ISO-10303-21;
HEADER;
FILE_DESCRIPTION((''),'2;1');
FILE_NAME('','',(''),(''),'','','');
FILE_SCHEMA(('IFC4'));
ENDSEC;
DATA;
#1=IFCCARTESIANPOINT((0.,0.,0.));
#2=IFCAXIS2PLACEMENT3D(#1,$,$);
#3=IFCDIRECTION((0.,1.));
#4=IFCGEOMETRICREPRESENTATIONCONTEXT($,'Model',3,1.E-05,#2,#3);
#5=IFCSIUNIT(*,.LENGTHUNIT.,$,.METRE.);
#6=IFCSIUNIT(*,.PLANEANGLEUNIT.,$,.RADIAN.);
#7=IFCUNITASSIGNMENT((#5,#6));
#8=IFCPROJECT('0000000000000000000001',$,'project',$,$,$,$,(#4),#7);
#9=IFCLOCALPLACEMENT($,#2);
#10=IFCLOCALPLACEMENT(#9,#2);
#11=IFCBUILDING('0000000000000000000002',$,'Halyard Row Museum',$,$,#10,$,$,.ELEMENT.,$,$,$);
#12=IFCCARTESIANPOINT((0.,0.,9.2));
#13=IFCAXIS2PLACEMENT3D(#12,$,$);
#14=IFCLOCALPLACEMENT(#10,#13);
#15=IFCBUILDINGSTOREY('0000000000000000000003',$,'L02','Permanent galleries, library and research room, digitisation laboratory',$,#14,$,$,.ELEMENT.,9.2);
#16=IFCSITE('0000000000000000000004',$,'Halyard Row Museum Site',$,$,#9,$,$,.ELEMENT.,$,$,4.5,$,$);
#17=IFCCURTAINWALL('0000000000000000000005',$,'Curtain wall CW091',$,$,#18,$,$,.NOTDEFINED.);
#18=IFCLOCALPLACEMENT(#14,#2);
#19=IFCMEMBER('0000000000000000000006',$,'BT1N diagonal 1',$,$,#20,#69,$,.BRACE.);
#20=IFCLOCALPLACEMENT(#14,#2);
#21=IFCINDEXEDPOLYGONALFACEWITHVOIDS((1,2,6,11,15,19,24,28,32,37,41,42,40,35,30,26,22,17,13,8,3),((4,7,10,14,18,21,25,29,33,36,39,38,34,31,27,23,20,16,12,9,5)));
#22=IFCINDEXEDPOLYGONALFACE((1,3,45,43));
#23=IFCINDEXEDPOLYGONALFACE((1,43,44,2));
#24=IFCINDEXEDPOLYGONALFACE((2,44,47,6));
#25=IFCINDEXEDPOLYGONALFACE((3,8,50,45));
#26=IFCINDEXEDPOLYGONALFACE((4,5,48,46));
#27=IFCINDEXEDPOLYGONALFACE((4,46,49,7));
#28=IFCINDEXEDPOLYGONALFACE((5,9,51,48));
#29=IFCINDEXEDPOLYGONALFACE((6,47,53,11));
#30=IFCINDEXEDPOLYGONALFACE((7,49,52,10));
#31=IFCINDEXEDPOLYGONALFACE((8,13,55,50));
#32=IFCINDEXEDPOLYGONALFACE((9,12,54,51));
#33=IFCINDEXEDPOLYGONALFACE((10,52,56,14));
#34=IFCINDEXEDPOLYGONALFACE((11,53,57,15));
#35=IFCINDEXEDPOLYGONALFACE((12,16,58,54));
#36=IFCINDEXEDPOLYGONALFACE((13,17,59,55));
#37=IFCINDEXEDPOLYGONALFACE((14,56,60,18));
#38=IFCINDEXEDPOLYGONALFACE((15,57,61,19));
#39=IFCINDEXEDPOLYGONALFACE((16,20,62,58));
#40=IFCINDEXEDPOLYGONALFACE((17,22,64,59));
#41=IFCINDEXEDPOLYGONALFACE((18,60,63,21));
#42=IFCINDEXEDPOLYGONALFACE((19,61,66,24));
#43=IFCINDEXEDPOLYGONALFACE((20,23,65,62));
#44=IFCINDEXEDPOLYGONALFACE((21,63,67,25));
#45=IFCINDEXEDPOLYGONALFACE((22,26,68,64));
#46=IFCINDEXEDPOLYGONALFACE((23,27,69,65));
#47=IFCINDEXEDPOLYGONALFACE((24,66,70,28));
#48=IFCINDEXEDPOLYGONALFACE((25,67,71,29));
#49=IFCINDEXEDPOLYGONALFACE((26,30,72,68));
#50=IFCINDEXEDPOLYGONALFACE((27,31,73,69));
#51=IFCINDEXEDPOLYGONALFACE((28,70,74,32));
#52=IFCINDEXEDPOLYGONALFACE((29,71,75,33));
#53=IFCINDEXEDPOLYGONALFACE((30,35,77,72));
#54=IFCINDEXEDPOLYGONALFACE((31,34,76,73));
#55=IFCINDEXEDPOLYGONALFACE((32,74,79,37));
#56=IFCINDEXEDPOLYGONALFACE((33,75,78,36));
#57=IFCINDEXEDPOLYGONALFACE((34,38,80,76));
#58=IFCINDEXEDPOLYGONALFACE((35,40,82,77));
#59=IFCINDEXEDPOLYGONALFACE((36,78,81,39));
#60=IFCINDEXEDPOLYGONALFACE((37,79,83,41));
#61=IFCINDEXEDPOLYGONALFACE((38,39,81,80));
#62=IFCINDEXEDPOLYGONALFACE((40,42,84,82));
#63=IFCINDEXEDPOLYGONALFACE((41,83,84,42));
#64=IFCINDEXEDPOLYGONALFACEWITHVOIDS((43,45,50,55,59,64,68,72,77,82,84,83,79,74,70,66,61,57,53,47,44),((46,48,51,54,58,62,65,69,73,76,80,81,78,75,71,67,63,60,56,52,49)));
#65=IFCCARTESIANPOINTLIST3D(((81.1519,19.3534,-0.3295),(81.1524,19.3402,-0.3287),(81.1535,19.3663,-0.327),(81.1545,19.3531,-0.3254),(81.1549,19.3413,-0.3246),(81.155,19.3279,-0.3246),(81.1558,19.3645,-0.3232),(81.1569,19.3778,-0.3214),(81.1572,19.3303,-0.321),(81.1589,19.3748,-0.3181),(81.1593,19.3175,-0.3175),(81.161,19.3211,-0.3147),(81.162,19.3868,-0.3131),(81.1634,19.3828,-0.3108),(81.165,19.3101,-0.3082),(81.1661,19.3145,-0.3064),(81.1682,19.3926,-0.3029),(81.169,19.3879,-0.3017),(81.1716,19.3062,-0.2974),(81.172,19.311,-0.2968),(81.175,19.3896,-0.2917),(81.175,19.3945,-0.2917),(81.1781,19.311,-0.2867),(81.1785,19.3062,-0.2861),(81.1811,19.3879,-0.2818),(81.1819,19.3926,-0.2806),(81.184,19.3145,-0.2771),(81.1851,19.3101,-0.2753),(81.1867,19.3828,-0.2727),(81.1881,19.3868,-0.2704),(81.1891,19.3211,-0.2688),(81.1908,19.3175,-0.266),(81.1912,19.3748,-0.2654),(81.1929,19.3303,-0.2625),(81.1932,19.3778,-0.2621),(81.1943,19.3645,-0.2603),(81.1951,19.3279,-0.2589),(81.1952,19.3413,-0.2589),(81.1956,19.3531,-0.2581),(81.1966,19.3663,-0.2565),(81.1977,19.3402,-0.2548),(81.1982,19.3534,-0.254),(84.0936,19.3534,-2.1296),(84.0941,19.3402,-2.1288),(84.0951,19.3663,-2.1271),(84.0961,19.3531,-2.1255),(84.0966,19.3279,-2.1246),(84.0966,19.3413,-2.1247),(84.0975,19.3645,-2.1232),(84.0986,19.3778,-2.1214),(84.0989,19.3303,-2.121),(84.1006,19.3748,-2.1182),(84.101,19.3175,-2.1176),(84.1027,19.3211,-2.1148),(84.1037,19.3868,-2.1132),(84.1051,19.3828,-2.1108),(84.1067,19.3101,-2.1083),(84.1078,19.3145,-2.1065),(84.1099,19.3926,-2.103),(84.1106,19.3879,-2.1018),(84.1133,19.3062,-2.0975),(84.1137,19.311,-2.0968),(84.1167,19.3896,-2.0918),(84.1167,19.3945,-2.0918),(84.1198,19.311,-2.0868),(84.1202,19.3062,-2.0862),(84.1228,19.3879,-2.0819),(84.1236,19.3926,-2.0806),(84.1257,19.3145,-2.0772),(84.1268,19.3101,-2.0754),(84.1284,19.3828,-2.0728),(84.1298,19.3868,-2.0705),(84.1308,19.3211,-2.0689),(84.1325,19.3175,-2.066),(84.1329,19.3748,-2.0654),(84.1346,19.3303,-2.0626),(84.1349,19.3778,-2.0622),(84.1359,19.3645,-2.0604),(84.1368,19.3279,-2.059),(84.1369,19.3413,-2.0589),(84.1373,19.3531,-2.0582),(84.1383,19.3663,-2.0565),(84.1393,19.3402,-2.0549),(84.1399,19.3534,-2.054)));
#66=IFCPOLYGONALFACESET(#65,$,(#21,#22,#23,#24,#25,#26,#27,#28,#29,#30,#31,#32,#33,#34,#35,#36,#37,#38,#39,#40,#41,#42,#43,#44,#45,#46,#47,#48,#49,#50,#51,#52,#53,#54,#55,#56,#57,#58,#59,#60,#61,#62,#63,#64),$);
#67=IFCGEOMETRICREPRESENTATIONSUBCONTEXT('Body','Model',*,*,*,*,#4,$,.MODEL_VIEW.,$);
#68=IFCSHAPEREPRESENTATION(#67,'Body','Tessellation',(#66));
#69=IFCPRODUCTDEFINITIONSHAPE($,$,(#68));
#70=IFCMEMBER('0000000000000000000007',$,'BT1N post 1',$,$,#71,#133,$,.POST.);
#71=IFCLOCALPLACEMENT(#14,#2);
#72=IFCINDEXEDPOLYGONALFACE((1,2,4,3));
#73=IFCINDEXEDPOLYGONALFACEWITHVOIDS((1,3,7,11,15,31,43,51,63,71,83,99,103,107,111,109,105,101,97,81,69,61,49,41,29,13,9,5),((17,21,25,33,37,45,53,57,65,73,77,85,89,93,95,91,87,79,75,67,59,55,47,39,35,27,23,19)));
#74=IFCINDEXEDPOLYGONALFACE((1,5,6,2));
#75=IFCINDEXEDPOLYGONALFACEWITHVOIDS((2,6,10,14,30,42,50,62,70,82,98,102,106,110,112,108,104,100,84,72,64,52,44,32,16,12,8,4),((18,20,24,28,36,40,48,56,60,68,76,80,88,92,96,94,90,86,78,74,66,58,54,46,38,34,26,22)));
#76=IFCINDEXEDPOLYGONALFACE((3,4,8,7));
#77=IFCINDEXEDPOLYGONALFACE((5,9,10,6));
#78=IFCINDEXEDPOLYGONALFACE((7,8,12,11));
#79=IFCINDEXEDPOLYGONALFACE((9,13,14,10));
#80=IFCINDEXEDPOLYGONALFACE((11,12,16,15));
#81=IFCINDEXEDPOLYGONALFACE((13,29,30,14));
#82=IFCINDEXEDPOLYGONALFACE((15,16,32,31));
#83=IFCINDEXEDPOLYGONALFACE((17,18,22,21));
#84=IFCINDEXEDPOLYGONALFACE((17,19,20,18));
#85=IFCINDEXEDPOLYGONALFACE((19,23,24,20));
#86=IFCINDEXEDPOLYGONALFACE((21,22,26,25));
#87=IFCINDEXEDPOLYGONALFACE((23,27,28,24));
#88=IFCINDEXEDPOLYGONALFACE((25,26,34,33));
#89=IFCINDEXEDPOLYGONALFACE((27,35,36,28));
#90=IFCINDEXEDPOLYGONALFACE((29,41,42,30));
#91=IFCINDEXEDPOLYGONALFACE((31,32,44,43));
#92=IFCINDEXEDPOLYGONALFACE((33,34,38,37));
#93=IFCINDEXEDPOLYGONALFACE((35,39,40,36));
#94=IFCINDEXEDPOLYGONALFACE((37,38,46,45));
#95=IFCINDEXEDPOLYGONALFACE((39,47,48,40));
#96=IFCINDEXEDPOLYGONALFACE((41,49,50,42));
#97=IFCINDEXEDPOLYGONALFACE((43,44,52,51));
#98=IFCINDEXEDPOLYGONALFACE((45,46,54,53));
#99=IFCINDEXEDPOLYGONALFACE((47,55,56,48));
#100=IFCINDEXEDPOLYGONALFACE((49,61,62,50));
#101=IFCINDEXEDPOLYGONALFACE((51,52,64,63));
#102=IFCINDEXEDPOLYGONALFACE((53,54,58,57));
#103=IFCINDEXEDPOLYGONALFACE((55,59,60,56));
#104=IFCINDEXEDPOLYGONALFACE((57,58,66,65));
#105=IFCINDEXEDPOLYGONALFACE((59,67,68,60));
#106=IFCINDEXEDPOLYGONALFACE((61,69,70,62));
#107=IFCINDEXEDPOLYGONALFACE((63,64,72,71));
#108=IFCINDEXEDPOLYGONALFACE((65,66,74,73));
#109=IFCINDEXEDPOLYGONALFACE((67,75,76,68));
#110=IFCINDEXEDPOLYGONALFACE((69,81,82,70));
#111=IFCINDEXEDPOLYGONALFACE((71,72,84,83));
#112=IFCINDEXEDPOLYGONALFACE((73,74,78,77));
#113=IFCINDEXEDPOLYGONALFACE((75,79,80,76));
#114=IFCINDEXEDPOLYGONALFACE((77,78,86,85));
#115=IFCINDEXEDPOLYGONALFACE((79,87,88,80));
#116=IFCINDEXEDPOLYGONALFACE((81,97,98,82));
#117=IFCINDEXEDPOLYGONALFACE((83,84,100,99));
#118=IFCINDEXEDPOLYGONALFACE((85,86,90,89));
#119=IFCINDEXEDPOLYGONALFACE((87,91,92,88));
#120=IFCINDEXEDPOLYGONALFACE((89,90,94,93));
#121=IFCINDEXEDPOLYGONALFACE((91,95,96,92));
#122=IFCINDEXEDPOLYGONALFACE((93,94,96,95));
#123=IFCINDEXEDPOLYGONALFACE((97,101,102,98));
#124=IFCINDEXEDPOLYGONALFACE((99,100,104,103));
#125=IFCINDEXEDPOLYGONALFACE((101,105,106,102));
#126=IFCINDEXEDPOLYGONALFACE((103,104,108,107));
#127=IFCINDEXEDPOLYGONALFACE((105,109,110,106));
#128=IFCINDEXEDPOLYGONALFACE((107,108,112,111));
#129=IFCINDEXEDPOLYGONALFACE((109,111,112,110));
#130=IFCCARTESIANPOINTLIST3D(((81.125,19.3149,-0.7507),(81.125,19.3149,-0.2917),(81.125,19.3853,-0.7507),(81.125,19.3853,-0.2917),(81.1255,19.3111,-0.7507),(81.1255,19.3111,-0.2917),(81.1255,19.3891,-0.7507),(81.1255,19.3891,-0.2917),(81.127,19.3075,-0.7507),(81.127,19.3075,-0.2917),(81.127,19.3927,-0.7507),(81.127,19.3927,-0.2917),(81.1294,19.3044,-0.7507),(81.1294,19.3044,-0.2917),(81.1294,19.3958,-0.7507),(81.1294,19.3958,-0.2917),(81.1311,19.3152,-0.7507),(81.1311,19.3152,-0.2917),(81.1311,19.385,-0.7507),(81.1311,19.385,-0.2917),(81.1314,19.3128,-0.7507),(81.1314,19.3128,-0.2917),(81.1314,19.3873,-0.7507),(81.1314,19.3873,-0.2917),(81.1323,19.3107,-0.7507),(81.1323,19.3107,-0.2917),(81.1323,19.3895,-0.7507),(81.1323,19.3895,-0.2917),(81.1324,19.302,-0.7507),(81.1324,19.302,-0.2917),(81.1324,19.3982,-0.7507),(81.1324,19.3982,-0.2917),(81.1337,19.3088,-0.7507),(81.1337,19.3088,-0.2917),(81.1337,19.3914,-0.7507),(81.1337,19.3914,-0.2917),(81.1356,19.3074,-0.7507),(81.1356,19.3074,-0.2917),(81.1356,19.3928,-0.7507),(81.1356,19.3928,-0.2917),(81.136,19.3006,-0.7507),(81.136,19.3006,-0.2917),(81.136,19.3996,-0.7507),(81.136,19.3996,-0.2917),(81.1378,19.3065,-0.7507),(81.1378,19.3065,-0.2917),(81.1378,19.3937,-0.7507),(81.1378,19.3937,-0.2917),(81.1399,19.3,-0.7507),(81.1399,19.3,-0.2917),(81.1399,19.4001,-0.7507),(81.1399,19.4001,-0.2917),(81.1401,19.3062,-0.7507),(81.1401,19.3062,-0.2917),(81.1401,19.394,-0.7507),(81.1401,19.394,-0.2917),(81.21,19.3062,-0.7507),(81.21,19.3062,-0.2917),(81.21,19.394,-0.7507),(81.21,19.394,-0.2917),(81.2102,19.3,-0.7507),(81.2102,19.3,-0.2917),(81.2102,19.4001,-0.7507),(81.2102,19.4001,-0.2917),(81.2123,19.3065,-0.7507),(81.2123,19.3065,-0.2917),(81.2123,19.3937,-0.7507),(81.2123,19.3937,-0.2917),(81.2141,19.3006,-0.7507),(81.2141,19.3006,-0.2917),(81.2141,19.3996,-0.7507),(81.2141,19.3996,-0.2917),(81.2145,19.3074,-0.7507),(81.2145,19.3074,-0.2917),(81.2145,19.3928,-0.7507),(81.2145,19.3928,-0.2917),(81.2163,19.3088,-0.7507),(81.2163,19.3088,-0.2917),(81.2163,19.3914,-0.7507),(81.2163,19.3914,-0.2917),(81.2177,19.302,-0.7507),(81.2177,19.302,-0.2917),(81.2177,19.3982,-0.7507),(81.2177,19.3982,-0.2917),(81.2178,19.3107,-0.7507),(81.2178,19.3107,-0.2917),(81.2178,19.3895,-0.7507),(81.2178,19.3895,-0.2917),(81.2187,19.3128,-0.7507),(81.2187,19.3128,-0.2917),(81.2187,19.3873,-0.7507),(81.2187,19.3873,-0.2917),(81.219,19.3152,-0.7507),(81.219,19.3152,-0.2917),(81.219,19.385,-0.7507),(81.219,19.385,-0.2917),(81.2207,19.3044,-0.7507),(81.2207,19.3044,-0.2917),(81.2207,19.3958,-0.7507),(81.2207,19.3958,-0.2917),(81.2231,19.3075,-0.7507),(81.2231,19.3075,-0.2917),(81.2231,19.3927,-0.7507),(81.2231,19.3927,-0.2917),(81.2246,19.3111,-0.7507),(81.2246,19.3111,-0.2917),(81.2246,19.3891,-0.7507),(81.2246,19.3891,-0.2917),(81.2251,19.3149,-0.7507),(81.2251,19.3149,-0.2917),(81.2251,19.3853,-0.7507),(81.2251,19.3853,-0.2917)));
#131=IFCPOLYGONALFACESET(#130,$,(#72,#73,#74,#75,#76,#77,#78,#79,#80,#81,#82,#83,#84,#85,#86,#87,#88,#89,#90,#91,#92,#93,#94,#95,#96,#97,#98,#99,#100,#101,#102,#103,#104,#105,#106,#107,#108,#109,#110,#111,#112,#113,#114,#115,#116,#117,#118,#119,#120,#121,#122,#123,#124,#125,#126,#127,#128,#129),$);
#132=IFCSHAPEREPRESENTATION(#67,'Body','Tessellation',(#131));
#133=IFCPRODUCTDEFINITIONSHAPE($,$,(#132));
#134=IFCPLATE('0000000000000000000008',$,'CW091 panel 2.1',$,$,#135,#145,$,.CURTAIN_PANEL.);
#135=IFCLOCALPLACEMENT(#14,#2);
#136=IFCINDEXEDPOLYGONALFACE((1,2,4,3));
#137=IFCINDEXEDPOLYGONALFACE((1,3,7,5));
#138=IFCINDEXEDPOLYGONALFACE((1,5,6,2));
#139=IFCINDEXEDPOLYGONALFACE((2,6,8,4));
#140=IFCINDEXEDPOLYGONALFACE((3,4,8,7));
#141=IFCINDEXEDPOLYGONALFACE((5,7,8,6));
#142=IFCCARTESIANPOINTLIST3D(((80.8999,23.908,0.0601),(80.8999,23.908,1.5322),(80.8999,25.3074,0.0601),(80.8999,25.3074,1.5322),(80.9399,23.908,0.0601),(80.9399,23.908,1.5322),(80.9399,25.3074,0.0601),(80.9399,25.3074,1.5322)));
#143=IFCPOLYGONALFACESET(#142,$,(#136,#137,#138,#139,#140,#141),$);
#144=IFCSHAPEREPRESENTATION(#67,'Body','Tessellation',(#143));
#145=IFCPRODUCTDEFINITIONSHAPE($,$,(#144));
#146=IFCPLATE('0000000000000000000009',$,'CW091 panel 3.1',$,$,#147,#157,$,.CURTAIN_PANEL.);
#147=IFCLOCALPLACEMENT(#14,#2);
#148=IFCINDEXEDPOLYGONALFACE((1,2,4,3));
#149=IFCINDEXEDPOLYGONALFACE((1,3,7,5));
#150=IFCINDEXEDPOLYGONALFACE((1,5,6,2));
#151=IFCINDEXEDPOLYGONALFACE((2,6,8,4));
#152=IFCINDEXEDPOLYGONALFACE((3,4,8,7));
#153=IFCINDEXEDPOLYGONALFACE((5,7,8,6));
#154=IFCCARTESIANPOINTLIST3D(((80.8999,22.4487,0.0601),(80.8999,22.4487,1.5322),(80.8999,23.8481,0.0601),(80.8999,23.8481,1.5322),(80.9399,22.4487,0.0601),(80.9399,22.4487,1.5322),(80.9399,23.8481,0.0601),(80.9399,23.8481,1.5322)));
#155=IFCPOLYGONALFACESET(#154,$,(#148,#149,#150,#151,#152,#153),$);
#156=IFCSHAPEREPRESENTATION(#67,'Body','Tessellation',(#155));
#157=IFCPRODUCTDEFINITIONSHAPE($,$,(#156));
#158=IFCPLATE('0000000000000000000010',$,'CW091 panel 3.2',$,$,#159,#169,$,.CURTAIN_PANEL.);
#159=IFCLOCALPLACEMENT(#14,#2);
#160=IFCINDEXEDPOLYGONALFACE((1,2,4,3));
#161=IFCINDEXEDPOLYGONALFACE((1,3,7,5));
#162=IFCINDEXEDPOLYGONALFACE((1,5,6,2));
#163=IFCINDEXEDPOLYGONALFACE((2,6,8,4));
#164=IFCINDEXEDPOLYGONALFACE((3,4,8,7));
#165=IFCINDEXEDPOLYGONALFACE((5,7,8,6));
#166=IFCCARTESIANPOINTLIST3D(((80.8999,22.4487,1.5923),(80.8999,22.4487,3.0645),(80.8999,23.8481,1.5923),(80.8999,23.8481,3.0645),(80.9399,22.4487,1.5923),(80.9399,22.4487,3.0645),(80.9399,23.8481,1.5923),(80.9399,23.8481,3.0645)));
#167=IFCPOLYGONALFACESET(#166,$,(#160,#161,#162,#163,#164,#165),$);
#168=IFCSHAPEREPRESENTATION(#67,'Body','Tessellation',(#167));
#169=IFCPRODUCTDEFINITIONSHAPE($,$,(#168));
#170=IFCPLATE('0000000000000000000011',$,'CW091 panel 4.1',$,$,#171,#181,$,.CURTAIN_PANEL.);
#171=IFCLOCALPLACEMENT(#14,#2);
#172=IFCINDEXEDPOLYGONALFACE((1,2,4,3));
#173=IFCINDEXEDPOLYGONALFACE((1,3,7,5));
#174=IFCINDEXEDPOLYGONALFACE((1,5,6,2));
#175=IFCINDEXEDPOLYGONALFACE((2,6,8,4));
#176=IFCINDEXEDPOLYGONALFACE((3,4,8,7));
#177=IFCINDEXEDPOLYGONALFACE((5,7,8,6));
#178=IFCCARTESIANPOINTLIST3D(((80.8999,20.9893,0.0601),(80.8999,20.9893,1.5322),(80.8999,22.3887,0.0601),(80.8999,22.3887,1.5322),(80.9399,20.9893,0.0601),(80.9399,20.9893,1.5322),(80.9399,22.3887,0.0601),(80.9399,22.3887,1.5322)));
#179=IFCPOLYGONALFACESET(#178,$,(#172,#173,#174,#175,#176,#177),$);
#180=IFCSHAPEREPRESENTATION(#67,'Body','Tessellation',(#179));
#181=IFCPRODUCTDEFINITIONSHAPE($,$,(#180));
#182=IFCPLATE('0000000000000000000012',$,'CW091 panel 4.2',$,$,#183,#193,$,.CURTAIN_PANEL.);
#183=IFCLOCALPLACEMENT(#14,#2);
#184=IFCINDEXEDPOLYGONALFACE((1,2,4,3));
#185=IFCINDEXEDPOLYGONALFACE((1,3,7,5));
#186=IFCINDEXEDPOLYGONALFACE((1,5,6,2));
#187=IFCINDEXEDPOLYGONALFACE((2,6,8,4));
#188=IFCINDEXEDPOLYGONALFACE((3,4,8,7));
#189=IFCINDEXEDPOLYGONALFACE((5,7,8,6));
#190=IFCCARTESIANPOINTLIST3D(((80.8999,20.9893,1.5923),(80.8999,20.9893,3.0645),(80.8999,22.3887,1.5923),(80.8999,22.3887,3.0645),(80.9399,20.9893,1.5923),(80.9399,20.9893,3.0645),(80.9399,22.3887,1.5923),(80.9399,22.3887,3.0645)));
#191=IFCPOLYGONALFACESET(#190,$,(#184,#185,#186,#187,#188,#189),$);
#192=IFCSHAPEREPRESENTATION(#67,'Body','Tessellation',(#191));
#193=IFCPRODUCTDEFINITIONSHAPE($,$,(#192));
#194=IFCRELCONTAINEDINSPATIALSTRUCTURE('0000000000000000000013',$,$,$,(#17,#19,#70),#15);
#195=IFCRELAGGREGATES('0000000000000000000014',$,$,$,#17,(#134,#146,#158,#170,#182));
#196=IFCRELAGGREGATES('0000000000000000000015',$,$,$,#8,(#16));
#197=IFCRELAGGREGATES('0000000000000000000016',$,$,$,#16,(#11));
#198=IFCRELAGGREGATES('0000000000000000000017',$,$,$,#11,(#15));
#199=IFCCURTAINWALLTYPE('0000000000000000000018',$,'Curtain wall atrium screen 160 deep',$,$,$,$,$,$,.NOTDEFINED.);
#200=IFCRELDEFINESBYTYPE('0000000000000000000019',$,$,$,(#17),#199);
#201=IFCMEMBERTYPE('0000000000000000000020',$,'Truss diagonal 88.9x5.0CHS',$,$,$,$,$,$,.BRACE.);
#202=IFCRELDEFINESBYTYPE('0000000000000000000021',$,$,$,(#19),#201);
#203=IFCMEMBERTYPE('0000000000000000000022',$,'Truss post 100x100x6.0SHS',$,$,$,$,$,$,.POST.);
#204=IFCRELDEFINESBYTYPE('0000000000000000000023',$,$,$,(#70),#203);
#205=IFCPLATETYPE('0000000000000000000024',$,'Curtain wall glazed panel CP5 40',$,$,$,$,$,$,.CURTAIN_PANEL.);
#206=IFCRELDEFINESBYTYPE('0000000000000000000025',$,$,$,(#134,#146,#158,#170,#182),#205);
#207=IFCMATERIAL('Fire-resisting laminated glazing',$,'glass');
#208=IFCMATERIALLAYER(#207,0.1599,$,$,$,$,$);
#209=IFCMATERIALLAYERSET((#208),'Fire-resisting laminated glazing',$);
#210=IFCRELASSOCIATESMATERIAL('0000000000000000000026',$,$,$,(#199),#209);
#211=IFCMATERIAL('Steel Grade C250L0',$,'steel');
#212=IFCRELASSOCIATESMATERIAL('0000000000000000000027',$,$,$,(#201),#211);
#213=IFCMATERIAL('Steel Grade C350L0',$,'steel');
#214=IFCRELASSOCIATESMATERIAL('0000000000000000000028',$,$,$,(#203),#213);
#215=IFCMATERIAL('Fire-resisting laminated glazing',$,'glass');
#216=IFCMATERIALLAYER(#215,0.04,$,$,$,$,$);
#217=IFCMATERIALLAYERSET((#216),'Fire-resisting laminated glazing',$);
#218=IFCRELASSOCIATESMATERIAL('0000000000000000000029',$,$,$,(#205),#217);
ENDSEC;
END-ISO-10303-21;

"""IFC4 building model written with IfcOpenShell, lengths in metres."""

from ifc_helpers import new_model, si_unit, direction, frame, origin, origin_2d, place, context, subcontext, project, spatial, rectangle, hollow_rectangle, hollow_circle, extrude, material, layer, layer_set, material_profile, profile_set, type_object, element, aggregate, save


model = new_model("IFC4")

# Units and contexts
model_context = context("Model", 3, precision=1e-05, world=origin(), true_north=direction((0.0, 1.0)))
body_context = subcontext(model_context, "Body", "Model", "MODEL_VIEW")
ifc_project = project(units=[si_unit("LENGTHUNIT", "METRE"), si_unit("PLANEANGLEUNIT", "RADIAN")], contexts=[model_context])

# Site, building, storey
site_placement = place(None, origin())
site = spatial("IfcSite", under=ifc_project, at=site_placement, Name="Halyard Row Museum Site", CompositionType="ELEMENT", RefElevation=4.5)
building_placement = place(site_placement, origin())
building = spatial("IfcBuilding", under=site, at=building_placement, Name="Halyard Row Museum", CompositionType="ELEMENT")
storey_placement = place(building_placement, frame((0.0, 0.0, 9.2)))
storey = spatial("IfcBuildingStorey", under=building, at=storey_placement, Name="L02", Description="Permanent galleries, library and research room, digitisation laboratory", CompositionType="ELEMENT", Elevation=9.2)

# Curtain wall
ifc_material_1 = material(Name="Fire-resisting laminated glazing", Category="glass")
ifc_layer_1 = layer(ifc_material_1, 0.1599)
ifc_layer_set_1 = layer_set([ifc_layer_1], Name="Fire-resisting laminated glazing")
curtain_wall_type = type_object("IfcCurtainWallType", Name="Curtain wall atrium screen 160 deep", PredefinedType="NOTDEFINED", material=ifc_layer_set_1)
curtain_wall_placement = place(storey_placement, origin())
curtain_wall = element("IfcCurtainWall", 1, at=curtain_wall_placement, inside=storey, type_object=curtain_wall_type, Name="Curtain wall CW091", PredefinedType="NOTDEFINED")

# Members
ifc_material_2 = material(Name="Steel Grade C250L0", Category="steel")
ifc_material_profile_1 = material_profile(ifc_material_2, hollow_circle(Radius=0.0444, WallThickness=0.0049, at=origin_2d()), Name="88.9x5.0CHS")
ifc_profile_set_1 = profile_set([ifc_material_profile_1], Name="Steel Grade C250L0")
member_type_1 = type_object("IfcMemberType", Name="Truss diagonal 88.9x5.0CHS", PredefinedType="BRACE", material=ifc_profile_set_1)
member_1_placement = place(storey_placement, frame((81.175, 19.3501, -0.2917), z_axis=(0.852975, 0.0, -0.521951), x_axis=(0.0, 1.0, 0.0)))
element("IfcMember", 2, at=member_1_placement, inside=storey, type_object=member_type_1, Name="BT1N diagonal 1", PredefinedType="BRACE", context=body_context, shape_type="SweptSolid", body=[
    extrude(hollow_circle(Radius=0.0444, WallThickness=0.0049, at=origin_2d()), origin(), (0.0, 0.0, 1.0), 3.4487),
])
ifc_material_3 = material(Name="Steel Grade C350L0", Category="steel")
ifc_material_profile_2 = material_profile(ifc_material_3, hollow_rectangle(XDim=0.1001, YDim=0.1001, WallThickness=0.0061, InnerFilletRadius=0.009, OuterFilletRadius=0.0149, at=origin_2d()), Name="100x100x6.0SHS")
ifc_profile_set_2 = profile_set([ifc_material_profile_2], Name="Steel Grade C350L0")
member_type_2 = type_object("IfcMemberType", Name="Truss post 100x100x6.0SHS", PredefinedType="POST", material=ifc_profile_set_2)
member_2_placement = place(storey_placement, frame((81.175, 19.3501, -0.7507), z_axis=(0.0, 0.0, 1.0), x_axis=(1.0, 0.0, 0.0)))
element("IfcMember", 3, at=member_2_placement, inside=storey, type_object=member_type_2, Name="BT1N post 1", PredefinedType="POST", context=body_context, shape_type="SweptSolid", body=[
    extrude(hollow_rectangle(XDim=0.1001, YDim=0.1001, WallThickness=0.0061, InnerFilletRadius=0.009, OuterFilletRadius=0.0149, at=origin_2d()), origin(), (0.0, 0.0, 1.0), 0.459),
])

# Plates
ifc_material_4 = material(Name="Fire-resisting laminated glazing", Category="glass")
ifc_layer_2 = layer(ifc_material_4, 0.04)
ifc_layer_set_2 = layer_set([ifc_layer_2], Name="Fire-resisting laminated glazing")
plate_type = type_object("IfcPlateType", Name="Curtain wall glazed panel CP5 40", PredefinedType="CURTAIN_PANEL", material=ifc_layer_set_2)
plate_1_placement = place(storey_placement, frame((80.9199, 24.6077, 0.0601), z_axis=(0.0, 0.0, 1.0), x_axis=(0.0, -1.0, 0.0)))
plate_1 = element("IfcPlate", 4, at=plate_1_placement, type_object=plate_type, Name="CW091 panel 2.1", PredefinedType="CURTAIN_PANEL", context=body_context, shape_type="SweptSolid", body=[
    extrude(rectangle(XDim=1.3994, YDim=0.04, at=origin_2d()), origin(), (0.0, 0.0, 1.0), 1.4722),
])
plate_2_placement = place(storey_placement, frame((80.9199, 23.1484, 0.0601), z_axis=(0.0, 0.0, 1.0), x_axis=(0.0, -1.0, 0.0)))
plate_2 = element("IfcPlate", 5, at=plate_2_placement, type_object=plate_type, Name="CW091 panel 3.1", PredefinedType="CURTAIN_PANEL", context=body_context, shape_type="SweptSolid", body=[
    extrude(rectangle(XDim=1.3994, YDim=0.04, at=origin_2d()), origin(), (0.0, 0.0, 1.0), 1.4722),
])
plate_3_placement = place(storey_placement, frame((80.9199, 23.1484, 1.5923), z_axis=(0.0, 0.0, 1.0), x_axis=(0.0, -1.0, 0.0)))
plate_3 = element("IfcPlate", 6, at=plate_3_placement, type_object=plate_type, Name="CW091 panel 3.2", PredefinedType="CURTAIN_PANEL", context=body_context, shape_type="SweptSolid", body=[
    extrude(rectangle(XDim=1.3994, YDim=0.04, at=origin_2d()), origin(), (0.0, 0.0, 1.0), 1.4722),
])
plate_4_placement = place(storey_placement, frame((80.9199, 21.689, 0.0601), z_axis=(0.0, 0.0, 1.0), x_axis=(0.0, -1.0, 0.0)))
plate_4 = element("IfcPlate", 7, at=plate_4_placement, type_object=plate_type, Name="CW091 panel 4.1", PredefinedType="CURTAIN_PANEL", context=body_context, shape_type="SweptSolid", body=[
    extrude(rectangle(XDim=1.3994, YDim=0.04, at=origin_2d()), origin(), (0.0, 0.0, 1.0), 1.4722),
])
plate_5_placement = place(storey_placement, frame((80.9199, 21.689, 1.5923), z_axis=(0.0, 0.0, 1.0), x_axis=(0.0, -1.0, 0.0)))
plate_5 = element("IfcPlate", 8, at=plate_5_placement, type_object=plate_type, Name="CW091 panel 4.2", PredefinedType="CURTAIN_PANEL", context=body_context, shape_type="SweptSolid", body=[
    extrude(rectangle(XDim=1.3994, YDim=0.04, at=origin_2d()), origin(), (0.0, 0.0, 1.0), 1.4722),
])
aggregate(curtain_wall, [plate_1, plate_2, plate_3, plate_4, plate_5])

save(model, "model.ifc")
